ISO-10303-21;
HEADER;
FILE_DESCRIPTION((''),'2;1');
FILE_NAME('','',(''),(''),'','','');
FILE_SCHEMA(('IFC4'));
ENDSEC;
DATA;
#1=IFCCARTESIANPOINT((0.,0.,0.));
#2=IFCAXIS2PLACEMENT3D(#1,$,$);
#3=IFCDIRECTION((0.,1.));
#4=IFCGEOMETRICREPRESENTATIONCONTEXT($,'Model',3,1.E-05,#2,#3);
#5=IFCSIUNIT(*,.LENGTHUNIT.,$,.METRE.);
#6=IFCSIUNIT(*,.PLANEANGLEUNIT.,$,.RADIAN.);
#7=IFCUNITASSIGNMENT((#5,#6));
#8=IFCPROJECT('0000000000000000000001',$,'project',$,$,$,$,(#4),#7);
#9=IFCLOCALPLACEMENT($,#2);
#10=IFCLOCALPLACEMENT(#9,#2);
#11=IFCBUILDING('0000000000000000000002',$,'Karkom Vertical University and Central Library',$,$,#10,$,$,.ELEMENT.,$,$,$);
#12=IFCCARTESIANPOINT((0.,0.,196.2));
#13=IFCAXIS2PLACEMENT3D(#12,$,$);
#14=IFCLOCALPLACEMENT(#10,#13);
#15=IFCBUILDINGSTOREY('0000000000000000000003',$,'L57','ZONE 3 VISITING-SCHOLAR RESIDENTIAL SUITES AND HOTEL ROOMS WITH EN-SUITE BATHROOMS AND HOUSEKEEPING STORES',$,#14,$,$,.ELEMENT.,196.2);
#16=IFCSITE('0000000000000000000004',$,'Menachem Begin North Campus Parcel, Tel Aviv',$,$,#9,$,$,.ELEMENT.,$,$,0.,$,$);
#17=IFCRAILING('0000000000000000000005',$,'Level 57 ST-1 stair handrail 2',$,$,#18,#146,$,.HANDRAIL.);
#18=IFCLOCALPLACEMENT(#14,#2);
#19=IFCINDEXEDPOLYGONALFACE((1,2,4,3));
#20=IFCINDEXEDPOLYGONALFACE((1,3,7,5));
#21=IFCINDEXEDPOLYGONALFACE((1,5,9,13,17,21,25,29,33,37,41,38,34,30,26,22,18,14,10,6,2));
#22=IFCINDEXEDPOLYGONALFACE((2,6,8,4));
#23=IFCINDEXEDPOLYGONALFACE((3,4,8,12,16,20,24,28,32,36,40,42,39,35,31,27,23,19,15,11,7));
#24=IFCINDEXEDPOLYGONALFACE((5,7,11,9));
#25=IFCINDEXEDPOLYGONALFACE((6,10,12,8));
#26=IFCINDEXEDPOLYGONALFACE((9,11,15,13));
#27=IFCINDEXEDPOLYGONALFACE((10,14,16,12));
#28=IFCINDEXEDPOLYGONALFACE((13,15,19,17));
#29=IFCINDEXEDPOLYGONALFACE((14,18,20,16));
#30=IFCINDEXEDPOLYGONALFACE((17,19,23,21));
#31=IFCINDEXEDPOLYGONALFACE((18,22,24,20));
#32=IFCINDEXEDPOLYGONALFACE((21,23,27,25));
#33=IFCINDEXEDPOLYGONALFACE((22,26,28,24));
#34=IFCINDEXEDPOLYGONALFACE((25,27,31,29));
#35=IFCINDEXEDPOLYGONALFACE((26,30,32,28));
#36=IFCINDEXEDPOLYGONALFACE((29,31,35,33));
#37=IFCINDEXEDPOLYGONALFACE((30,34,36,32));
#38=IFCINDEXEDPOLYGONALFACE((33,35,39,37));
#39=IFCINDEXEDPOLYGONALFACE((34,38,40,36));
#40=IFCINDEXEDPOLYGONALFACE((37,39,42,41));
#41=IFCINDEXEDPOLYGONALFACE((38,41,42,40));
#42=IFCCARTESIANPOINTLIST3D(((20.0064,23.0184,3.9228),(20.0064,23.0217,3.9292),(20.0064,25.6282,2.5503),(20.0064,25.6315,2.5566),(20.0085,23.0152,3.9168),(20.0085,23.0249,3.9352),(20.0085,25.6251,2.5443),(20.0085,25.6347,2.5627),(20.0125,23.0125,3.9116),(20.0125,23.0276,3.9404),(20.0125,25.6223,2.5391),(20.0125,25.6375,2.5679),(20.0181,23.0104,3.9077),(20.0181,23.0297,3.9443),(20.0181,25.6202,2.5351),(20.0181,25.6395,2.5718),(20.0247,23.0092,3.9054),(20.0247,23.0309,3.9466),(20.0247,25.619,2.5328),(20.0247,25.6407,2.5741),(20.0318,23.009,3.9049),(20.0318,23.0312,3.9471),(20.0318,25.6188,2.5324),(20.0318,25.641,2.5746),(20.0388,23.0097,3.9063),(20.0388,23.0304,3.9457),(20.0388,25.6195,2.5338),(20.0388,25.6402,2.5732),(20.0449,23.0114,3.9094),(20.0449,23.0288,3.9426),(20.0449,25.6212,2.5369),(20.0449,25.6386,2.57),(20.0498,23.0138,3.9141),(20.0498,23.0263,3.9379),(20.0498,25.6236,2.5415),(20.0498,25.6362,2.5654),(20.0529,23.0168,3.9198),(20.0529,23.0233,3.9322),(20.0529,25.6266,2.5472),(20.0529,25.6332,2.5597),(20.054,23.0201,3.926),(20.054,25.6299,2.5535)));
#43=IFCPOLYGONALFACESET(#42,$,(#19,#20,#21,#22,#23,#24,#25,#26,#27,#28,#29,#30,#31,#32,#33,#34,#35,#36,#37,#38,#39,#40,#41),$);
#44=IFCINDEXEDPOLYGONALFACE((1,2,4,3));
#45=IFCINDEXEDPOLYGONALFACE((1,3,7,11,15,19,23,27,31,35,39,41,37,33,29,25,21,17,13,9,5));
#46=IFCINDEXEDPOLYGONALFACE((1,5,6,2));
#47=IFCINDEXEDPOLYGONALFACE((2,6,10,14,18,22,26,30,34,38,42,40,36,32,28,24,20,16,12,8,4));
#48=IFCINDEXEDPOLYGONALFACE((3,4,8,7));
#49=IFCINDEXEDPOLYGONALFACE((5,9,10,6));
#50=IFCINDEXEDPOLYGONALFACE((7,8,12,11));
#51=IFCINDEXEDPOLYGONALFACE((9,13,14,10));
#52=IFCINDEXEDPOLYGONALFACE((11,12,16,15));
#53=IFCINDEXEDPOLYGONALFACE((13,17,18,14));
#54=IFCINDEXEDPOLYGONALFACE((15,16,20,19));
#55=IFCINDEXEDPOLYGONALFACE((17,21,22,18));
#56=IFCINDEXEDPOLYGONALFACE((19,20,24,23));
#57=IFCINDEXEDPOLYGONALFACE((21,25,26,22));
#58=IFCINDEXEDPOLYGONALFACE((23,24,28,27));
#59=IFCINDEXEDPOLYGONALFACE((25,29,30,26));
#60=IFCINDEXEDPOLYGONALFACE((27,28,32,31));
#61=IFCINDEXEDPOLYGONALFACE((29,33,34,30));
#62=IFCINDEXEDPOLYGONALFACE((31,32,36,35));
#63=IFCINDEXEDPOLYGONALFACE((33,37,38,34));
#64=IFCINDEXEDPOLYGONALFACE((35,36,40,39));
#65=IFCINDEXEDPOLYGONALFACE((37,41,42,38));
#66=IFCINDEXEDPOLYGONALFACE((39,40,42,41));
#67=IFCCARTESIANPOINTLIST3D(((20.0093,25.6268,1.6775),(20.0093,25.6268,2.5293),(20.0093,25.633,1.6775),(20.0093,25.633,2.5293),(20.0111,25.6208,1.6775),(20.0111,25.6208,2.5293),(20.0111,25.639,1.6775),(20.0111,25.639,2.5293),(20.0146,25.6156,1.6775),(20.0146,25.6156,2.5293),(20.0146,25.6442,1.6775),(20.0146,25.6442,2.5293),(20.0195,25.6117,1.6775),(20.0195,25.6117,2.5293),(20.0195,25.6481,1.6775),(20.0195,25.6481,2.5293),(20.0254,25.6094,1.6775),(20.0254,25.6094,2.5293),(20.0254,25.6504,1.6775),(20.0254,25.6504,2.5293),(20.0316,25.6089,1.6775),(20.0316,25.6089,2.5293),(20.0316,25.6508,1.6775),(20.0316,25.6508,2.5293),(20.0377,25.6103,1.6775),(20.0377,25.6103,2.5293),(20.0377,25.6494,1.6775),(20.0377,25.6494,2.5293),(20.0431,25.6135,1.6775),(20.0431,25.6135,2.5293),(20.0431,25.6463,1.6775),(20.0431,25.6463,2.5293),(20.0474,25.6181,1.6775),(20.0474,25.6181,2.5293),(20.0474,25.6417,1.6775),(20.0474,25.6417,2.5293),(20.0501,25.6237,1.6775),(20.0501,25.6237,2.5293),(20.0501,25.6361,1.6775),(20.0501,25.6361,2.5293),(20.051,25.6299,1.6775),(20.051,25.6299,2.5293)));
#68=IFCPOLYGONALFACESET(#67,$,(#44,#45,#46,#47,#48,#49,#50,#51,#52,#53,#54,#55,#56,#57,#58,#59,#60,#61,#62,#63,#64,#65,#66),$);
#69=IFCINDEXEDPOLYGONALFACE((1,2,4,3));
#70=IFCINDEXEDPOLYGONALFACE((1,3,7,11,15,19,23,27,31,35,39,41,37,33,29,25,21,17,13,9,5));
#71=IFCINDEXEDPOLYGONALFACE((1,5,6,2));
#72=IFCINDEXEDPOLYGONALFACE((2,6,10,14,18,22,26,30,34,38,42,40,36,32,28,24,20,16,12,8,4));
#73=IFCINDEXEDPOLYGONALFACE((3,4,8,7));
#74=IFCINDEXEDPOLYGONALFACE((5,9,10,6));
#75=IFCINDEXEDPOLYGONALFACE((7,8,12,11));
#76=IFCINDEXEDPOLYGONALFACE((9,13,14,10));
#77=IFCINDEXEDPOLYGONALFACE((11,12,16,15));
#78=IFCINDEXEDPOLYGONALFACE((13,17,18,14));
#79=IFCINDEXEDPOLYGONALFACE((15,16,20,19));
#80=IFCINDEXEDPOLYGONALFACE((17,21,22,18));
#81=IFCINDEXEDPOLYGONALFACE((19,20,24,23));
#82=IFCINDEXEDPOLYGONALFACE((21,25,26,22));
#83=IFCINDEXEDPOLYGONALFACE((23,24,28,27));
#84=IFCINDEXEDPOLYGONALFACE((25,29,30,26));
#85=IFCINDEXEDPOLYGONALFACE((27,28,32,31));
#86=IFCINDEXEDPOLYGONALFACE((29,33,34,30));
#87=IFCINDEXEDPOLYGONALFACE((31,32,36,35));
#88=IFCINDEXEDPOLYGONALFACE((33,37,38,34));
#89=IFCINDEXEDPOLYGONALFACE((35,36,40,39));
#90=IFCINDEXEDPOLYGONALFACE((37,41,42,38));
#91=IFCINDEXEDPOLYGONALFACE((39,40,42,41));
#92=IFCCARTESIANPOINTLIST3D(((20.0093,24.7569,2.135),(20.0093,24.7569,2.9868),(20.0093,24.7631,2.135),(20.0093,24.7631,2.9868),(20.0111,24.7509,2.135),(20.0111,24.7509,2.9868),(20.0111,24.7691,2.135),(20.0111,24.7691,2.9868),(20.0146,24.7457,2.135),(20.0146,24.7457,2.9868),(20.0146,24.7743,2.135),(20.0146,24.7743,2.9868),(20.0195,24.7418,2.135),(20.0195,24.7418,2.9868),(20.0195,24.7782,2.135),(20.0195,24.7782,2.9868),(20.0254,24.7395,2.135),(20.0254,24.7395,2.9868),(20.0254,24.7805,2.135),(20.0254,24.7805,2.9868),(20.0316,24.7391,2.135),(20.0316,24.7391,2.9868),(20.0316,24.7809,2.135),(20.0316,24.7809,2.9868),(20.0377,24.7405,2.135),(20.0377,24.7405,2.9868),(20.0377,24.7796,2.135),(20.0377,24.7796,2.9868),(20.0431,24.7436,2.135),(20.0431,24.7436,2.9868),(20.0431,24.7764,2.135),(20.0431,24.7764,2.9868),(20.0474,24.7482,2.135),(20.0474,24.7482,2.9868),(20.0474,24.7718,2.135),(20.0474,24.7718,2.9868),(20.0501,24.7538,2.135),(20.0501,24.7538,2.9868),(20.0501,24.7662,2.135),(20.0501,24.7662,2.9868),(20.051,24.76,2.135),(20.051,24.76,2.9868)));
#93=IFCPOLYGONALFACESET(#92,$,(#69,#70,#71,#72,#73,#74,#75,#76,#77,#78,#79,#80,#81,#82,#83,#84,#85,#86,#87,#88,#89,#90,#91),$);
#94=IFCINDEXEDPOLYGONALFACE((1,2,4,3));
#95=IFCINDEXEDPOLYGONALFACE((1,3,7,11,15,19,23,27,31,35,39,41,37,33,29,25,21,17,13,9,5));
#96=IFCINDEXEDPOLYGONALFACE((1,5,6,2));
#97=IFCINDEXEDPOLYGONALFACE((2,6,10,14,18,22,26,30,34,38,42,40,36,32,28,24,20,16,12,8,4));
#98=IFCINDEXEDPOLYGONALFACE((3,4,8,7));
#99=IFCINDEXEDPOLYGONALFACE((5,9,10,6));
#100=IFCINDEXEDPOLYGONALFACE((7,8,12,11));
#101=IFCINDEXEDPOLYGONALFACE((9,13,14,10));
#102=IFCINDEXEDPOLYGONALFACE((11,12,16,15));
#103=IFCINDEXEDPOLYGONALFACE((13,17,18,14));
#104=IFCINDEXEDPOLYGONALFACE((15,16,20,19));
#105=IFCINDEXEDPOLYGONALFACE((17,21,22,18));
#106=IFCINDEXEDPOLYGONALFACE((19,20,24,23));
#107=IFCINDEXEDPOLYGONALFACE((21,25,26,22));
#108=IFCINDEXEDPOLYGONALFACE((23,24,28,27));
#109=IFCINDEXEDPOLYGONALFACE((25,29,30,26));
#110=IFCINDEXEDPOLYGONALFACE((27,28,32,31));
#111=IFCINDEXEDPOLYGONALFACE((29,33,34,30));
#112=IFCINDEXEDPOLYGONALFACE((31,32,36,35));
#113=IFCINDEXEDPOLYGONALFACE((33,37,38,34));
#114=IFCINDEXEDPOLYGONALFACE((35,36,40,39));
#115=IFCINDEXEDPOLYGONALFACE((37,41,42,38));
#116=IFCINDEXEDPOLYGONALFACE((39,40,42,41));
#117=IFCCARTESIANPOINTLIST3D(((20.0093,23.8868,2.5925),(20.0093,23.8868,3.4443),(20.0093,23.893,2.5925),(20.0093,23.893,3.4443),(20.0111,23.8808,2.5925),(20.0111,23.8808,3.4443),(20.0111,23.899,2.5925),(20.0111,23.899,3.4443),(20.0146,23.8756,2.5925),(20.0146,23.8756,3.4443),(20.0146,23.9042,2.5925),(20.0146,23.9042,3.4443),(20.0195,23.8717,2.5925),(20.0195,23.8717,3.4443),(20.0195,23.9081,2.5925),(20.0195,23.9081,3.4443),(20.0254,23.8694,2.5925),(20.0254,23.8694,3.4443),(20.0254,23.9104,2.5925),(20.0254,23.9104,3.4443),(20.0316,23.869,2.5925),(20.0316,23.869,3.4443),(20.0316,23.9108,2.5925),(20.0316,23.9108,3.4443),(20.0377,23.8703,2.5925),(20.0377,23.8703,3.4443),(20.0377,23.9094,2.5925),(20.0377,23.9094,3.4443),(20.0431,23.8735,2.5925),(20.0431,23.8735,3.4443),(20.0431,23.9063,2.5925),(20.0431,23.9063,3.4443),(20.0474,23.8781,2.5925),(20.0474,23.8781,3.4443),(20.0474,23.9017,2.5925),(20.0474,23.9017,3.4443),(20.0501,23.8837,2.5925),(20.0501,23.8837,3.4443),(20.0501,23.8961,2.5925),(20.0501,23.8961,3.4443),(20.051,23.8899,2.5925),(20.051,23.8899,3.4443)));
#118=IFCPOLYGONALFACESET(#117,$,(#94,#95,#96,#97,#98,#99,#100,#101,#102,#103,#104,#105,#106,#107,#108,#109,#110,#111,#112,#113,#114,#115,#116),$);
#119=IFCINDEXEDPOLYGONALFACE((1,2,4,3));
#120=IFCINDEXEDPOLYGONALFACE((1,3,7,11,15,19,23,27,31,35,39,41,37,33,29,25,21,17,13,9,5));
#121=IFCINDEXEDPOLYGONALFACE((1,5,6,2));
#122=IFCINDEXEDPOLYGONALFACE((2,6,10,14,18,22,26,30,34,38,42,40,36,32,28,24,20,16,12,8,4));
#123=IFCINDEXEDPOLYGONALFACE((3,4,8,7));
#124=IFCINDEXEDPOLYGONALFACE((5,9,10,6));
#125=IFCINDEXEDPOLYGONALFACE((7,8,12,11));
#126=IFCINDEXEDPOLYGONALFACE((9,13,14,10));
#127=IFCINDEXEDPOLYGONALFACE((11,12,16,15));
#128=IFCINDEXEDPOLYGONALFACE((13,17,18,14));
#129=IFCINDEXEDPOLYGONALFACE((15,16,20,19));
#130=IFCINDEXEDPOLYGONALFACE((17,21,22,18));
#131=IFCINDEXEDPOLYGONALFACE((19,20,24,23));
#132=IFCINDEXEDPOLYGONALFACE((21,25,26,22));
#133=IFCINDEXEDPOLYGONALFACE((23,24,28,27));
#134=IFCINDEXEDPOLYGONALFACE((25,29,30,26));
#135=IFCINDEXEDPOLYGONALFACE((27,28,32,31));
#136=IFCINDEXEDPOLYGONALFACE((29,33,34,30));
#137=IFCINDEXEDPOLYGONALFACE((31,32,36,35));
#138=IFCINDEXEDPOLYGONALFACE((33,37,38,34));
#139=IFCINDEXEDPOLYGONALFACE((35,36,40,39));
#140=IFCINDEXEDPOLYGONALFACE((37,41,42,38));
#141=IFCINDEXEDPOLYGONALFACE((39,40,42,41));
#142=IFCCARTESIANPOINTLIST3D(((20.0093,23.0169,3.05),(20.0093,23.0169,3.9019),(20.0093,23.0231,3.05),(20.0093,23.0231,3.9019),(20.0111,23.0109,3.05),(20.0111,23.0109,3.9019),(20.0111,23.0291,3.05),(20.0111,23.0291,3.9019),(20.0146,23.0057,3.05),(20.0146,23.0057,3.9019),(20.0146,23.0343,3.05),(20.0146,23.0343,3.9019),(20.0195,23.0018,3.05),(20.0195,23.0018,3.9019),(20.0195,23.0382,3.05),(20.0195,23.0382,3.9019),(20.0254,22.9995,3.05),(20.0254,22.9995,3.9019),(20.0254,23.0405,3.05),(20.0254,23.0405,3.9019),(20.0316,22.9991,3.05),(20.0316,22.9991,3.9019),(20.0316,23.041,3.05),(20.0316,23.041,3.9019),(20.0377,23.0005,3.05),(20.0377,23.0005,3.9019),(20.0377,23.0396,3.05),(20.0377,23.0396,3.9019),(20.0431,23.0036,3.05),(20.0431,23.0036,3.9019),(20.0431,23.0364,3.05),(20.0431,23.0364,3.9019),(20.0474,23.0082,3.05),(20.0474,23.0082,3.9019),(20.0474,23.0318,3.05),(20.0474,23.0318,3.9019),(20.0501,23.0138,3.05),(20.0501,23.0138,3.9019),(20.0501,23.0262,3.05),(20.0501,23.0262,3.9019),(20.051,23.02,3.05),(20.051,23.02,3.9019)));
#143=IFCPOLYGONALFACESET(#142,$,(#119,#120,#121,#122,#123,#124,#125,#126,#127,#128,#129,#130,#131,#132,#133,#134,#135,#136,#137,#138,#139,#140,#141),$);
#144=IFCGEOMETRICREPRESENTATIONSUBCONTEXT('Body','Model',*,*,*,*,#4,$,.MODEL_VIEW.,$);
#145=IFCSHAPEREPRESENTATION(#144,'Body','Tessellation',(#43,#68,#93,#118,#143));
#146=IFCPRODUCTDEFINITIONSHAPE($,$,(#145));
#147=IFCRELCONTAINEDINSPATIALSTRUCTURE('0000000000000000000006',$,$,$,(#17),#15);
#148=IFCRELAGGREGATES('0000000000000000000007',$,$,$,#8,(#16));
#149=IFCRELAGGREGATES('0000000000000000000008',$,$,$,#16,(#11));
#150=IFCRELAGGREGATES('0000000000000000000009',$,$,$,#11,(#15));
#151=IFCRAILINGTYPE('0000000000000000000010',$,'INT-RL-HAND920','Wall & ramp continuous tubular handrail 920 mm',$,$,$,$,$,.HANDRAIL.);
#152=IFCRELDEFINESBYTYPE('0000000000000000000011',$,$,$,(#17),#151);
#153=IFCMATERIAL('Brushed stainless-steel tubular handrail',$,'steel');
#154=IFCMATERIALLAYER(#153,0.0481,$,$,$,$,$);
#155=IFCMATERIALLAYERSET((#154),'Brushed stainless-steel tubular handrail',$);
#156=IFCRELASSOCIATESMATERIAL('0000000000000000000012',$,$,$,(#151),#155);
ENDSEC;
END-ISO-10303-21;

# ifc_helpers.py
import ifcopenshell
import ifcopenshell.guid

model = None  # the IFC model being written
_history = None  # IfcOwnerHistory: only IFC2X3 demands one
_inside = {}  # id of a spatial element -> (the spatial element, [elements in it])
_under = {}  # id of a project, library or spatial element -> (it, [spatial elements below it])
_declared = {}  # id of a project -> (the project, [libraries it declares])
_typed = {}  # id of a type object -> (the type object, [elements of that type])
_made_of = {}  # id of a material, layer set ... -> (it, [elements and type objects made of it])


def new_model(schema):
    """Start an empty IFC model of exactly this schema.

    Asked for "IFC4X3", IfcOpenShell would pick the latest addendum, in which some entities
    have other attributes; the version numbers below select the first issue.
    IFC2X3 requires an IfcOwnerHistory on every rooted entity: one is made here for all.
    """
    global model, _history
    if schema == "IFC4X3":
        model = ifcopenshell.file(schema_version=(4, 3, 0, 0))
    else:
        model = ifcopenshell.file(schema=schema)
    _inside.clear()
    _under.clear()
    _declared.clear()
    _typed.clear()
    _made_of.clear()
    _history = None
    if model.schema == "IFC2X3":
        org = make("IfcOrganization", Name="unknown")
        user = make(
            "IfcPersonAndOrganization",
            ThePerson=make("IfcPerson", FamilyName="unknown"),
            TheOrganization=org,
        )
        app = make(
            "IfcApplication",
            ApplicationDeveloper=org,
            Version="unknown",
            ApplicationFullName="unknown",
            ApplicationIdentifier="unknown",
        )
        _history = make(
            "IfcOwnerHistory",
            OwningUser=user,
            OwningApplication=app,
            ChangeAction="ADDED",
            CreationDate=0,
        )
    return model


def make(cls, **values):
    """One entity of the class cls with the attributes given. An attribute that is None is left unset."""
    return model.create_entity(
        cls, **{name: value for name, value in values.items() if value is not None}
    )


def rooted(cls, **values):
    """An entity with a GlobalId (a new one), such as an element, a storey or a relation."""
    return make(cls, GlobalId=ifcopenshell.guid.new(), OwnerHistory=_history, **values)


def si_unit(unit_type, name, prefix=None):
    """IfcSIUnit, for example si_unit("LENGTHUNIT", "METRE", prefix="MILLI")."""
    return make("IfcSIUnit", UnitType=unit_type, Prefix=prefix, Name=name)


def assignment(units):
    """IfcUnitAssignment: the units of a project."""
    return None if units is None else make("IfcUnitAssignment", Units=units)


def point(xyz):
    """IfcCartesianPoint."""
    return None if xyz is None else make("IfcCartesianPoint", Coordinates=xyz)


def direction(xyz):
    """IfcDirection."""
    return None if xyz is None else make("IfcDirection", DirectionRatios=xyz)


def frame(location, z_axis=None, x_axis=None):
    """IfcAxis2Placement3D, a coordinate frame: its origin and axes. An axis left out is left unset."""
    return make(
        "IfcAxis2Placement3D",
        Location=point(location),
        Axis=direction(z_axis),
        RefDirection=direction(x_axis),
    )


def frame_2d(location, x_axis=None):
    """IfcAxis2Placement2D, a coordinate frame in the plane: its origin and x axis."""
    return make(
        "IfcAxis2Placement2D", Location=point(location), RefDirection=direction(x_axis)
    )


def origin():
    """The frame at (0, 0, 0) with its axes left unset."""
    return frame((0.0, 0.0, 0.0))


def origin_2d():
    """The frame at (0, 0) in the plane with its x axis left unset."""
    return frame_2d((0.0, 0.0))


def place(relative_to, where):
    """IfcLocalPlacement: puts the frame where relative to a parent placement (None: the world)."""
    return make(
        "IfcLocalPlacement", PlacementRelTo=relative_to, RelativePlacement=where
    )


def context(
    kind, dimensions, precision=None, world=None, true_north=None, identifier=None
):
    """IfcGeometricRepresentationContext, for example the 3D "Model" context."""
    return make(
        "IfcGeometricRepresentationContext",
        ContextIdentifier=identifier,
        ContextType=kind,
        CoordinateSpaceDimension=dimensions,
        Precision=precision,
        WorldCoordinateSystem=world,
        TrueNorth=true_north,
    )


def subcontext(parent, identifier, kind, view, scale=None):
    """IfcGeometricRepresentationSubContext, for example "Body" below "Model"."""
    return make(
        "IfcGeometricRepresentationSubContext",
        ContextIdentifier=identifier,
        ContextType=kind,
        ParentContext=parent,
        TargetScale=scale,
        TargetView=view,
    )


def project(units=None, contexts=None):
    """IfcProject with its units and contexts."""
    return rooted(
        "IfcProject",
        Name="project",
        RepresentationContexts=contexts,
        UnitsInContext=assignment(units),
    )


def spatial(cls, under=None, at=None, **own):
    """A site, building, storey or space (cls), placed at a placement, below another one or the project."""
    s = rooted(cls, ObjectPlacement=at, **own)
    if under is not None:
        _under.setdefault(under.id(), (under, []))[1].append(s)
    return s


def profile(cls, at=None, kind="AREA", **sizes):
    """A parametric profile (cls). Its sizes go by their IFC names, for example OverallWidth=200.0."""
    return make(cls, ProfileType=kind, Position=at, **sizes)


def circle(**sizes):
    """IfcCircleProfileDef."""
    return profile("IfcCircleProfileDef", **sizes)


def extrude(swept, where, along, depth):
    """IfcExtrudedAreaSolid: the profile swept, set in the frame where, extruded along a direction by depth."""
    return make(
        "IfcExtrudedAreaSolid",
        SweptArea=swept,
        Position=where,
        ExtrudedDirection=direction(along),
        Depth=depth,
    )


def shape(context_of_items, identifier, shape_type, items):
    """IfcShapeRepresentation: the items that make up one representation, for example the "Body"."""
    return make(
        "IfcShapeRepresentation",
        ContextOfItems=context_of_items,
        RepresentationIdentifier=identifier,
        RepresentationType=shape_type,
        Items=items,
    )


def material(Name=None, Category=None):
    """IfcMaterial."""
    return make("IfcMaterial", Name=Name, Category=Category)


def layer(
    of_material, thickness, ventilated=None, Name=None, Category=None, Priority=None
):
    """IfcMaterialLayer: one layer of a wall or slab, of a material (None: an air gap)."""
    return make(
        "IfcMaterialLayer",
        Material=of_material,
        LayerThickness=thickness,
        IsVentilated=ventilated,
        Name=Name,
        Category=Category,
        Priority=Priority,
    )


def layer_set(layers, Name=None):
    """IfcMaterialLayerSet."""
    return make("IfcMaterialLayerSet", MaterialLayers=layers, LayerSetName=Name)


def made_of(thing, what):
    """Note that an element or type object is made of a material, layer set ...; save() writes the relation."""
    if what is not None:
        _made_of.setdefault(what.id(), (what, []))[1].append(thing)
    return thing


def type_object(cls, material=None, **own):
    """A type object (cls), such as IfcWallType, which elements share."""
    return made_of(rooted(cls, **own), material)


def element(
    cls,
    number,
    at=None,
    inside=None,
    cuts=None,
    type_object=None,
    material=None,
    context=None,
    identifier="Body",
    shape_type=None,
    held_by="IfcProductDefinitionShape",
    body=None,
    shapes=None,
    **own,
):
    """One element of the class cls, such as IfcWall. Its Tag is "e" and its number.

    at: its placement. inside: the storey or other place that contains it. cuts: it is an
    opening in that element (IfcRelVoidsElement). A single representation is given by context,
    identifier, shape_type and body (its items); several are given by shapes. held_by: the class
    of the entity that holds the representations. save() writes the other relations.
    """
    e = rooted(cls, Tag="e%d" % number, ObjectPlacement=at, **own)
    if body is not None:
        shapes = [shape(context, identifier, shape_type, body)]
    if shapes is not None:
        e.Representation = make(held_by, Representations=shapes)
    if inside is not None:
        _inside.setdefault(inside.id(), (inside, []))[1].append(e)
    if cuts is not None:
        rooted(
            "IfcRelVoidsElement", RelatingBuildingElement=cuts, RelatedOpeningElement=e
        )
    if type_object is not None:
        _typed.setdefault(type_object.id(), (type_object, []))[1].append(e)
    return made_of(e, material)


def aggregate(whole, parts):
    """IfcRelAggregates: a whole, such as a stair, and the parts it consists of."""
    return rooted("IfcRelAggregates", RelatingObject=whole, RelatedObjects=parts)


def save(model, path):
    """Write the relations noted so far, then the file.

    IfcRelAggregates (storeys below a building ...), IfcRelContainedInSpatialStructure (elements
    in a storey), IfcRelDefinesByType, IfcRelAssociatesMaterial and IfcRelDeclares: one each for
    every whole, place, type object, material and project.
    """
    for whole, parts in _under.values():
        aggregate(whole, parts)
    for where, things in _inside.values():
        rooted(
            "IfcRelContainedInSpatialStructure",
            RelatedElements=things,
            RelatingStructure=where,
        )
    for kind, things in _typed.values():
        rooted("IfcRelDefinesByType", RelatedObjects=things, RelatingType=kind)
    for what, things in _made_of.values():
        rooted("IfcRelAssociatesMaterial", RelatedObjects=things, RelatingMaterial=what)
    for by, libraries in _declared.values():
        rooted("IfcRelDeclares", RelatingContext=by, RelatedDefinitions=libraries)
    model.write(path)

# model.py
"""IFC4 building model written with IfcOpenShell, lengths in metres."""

from ifc_helpers import new_model, si_unit, direction, frame, origin, origin_2d, place, context, subcontext, project, spatial, circle, extrude, material, layer, layer_set, type_object, element, save


model = new_model("IFC4")

# Units and contexts
model_context = context("Model", 3, precision=1e-05, world=origin(), true_north=direction((0.0, 1.0)))
body_context = subcontext(model_context, "Body", "Model", "MODEL_VIEW")
ifc_project = project(units=[si_unit("LENGTHUNIT", "METRE"), si_unit("PLANEANGLEUNIT", "RADIAN")], contexts=[model_context])

# Site, building, storey
site_placement = place(None, origin())
site = spatial("IfcSite", under=ifc_project, at=site_placement, Name="Menachem Begin North Campus Parcel, Tel Aviv", CompositionType="ELEMENT", RefElevation=0.0)
building_placement = place(site_placement, origin())
building = spatial("IfcBuilding", under=site, at=building_placement, Name="Karkom Vertical University and Central Library", CompositionType="ELEMENT")
storey_placement = place(building_placement, frame((0.0, 0.0, 196.2)))
storey = spatial("IfcBuildingStorey", under=building, at=storey_placement, Name="L57", Description="ZONE 3 VISITING-SCHOLAR RESIDENTIAL SUITES AND HOTEL ROOMS WITH EN-SUITE BATHROOMS AND HOUSEKEEPING STORES", CompositionType="ELEMENT", Elevation=196.2)

# Railing
ifc_material_1 = material(Name="Brushed stainless-steel tubular handrail", Category="steel")
ifc_layer_1 = layer(ifc_material_1, 0.0481)
ifc_layer_set_1 = layer_set([ifc_layer_1], Name="Brushed stainless-steel tubular handrail")
railing_type_1 = type_object("IfcRailingType", Name="INT-RL-HAND920", Description="Wall & ramp continuous tubular handrail 920 mm", PredefinedType="HANDRAIL", material=ifc_layer_set_1)
railing_1_placement = place(storey_placement, frame((20.03, 25.6299, 1.6775)))
element("IfcRailing", 1, at=railing_1_placement, inside=storey, type_object=railing_type_1, Name="Level 57 ST-1 stair handrail 2", PredefinedType="HANDRAIL", context=body_context, shape_type="SweptSolid", body=[
    extrude(circle(Radius=0.0239, at=origin_2d()), frame((0.0, 0.0, 0.876), z_axis=(0.0, -0.885065, 0.465467), x_axis=(1.0, 0.0, 0.0)), (0.0, 0.0, 1.0), 2.9487),
    extrude(circle(Radius=0.021, at=origin_2d()), origin(), (0.0, 0.0, 1.0), 0.8518),
    extrude(circle(Radius=0.021, at=origin_2d()), frame((0.0, -0.8699, 0.4575)), (0.0, 0.0, 1.0), 0.8518),
    extrude(circle(Radius=0.021, at=origin_2d()), frame((0.0, -1.74, 0.915)), (0.0, 0.0, 1.0), 0.8518),
    extrude(circle(Radius=0.021, at=origin_2d()), frame((0.0, -2.6099, 1.3726)), (0.0, 0.0, 1.0), 0.8518),
])

save(model, "model.ifc")
